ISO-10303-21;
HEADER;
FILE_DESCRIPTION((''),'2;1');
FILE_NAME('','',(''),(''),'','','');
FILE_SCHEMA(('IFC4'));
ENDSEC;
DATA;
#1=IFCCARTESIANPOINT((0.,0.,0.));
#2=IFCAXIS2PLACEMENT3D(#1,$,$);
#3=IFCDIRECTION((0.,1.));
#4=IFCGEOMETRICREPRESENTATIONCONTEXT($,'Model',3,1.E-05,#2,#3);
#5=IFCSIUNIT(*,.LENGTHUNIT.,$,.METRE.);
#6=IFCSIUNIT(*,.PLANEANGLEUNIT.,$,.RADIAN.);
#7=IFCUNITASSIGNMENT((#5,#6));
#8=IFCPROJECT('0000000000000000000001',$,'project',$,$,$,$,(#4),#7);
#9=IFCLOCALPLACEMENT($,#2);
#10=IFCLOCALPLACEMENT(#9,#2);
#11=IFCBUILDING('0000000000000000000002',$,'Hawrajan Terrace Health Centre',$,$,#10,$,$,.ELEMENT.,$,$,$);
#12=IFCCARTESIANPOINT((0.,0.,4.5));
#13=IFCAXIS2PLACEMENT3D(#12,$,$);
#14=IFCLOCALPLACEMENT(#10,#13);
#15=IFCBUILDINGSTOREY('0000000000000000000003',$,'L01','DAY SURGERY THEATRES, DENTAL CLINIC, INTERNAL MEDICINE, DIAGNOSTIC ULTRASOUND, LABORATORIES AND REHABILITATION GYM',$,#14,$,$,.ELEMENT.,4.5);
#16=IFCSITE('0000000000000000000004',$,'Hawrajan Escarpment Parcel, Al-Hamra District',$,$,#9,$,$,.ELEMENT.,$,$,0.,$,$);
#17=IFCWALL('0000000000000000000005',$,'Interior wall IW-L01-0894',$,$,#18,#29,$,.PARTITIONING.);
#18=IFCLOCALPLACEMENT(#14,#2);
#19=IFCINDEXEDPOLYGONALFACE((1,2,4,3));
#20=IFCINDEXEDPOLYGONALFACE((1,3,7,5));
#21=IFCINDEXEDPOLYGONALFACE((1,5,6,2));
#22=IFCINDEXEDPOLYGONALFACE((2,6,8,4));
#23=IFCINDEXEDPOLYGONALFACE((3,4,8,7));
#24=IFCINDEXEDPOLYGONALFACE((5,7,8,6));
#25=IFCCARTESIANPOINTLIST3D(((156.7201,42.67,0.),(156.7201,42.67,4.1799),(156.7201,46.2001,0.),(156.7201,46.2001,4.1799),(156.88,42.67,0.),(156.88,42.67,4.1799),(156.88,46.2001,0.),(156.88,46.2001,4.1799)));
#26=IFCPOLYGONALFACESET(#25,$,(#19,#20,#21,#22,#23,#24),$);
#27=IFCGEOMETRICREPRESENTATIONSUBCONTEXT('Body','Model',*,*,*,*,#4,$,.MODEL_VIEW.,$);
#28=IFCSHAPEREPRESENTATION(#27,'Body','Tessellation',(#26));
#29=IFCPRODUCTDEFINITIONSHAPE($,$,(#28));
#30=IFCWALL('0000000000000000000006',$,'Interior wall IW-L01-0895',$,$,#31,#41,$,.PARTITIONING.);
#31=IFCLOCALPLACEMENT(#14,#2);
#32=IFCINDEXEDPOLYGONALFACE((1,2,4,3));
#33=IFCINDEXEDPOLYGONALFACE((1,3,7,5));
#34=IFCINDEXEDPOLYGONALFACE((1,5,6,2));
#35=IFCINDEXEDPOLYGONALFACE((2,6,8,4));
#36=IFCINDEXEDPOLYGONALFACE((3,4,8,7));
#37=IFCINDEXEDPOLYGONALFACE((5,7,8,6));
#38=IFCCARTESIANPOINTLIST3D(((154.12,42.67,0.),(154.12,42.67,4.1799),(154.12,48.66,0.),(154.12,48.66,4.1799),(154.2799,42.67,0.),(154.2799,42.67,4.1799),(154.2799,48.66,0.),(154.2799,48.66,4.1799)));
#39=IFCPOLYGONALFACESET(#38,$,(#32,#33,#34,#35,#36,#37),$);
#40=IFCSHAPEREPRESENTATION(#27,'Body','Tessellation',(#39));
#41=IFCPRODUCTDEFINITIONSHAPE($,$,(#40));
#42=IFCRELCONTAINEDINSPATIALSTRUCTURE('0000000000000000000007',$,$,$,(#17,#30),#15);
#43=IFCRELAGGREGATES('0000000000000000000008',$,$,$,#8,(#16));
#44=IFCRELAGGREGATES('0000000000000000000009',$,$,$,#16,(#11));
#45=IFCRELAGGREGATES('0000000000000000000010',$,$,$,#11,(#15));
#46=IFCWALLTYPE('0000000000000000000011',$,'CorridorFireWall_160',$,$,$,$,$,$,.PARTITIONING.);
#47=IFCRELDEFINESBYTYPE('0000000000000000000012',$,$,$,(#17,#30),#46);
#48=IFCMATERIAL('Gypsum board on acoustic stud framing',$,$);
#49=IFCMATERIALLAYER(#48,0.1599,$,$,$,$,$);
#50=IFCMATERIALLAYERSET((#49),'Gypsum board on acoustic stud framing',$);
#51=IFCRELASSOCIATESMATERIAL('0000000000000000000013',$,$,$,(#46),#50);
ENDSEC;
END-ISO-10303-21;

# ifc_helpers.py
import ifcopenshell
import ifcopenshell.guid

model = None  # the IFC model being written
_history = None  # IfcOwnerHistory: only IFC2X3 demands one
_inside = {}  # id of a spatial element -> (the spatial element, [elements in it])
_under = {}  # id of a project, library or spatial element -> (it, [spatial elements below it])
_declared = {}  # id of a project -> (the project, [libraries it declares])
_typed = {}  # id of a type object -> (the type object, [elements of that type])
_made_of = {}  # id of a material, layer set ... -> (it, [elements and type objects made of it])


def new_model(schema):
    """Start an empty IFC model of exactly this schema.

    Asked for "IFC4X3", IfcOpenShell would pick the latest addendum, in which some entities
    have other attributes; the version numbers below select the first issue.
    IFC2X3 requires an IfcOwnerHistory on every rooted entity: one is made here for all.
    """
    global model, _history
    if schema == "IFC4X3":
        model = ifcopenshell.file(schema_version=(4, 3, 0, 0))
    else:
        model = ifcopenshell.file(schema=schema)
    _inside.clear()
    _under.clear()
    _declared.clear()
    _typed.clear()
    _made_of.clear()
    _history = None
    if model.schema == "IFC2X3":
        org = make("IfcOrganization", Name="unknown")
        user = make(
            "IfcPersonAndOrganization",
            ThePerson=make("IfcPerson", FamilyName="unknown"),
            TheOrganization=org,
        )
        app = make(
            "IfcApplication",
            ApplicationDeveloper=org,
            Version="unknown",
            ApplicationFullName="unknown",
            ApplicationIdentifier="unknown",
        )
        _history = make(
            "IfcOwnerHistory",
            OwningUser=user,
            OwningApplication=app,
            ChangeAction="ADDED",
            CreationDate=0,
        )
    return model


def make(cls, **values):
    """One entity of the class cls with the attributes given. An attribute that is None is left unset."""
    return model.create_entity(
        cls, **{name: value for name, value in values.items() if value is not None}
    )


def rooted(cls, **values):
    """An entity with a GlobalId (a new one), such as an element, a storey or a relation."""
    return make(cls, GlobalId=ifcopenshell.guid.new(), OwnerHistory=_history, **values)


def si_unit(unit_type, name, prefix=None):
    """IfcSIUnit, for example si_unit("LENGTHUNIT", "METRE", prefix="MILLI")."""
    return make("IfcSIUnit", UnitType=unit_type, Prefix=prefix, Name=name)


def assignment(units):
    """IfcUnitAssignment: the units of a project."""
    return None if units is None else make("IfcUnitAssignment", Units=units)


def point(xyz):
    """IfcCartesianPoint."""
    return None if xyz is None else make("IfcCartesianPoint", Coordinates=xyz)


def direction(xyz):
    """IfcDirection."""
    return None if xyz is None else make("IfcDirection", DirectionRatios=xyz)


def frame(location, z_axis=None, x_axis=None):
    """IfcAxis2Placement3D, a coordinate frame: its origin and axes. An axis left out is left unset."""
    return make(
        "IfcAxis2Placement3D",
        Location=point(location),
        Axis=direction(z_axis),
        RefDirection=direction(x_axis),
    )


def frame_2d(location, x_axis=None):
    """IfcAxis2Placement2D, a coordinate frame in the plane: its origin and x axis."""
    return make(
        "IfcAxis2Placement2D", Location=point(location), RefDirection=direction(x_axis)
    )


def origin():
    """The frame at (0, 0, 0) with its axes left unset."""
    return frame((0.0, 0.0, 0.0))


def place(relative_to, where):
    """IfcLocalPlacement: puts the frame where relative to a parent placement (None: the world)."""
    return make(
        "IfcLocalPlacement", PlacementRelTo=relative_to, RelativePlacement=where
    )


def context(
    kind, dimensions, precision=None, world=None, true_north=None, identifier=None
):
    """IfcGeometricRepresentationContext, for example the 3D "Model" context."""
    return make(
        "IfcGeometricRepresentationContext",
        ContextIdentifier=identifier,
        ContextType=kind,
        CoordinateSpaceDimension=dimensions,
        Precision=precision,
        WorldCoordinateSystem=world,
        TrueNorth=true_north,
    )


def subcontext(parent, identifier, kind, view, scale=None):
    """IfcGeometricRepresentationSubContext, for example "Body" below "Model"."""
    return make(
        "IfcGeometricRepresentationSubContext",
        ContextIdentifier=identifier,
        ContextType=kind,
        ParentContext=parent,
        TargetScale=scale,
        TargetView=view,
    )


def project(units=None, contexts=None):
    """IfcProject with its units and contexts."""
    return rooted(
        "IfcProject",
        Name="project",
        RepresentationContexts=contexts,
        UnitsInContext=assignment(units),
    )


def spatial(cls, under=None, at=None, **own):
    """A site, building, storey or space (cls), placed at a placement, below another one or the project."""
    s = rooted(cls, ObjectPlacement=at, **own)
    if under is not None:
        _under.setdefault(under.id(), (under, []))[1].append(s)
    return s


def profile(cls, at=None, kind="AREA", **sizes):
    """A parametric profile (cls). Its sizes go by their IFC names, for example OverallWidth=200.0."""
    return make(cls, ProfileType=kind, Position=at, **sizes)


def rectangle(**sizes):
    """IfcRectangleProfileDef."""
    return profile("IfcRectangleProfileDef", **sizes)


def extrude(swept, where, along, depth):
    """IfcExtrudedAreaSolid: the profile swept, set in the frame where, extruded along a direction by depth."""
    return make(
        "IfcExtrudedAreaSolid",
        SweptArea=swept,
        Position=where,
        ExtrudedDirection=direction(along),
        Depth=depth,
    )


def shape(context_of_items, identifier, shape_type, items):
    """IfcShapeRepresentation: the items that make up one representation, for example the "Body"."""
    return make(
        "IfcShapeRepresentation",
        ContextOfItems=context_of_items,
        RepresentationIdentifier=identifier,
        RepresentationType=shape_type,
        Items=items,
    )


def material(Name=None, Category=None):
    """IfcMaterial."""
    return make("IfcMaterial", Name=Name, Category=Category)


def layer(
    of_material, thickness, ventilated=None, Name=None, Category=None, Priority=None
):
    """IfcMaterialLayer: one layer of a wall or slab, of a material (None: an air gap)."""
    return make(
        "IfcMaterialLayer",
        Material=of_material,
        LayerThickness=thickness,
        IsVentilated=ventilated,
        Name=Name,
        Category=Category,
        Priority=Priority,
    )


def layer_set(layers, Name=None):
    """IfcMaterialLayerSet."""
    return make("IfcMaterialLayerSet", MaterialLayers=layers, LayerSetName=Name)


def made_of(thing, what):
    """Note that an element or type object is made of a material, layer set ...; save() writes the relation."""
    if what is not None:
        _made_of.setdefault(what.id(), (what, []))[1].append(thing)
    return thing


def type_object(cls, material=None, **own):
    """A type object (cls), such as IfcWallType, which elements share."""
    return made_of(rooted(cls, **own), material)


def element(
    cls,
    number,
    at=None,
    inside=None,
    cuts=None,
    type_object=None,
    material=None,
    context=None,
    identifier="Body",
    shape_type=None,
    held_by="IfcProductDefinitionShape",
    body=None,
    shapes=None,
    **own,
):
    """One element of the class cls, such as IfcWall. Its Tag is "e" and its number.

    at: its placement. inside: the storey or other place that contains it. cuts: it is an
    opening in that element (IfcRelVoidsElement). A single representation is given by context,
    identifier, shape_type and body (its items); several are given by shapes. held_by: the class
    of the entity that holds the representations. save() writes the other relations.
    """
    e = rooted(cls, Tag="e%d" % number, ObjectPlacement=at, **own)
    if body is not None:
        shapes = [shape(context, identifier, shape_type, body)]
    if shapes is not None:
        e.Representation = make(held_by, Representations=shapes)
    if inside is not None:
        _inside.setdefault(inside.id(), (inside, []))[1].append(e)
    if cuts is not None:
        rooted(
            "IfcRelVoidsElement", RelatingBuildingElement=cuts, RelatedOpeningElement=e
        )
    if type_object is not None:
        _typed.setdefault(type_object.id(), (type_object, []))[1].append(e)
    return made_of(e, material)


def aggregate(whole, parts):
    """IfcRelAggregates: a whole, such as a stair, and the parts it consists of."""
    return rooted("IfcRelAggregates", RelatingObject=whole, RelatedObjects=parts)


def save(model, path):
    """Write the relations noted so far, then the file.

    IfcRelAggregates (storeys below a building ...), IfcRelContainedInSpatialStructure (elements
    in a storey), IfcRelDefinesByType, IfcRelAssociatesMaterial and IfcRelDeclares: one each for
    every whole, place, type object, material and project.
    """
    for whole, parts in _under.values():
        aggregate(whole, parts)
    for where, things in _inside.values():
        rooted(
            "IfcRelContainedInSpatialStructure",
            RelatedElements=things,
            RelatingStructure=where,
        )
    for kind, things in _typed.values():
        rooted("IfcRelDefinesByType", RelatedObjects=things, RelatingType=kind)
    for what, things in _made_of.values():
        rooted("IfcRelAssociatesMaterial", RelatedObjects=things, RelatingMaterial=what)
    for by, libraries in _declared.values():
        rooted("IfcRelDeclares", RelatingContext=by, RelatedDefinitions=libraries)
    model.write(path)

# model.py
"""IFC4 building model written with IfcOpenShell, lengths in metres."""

from ifc_helpers import new_model, si_unit, direction, frame, frame_2d, origin, place, context, subcontext, project, spatial, rectangle, extrude, material, layer, layer_set, type_object, element, save


model = new_model("IFC4")

# Units and contexts
model_context = context("Model", 3, precision=1e-05, world=origin(), true_north=direction((0.0, 1.0)))
body_context = subcontext(model_context, "Body", "Model", "MODEL_VIEW")
ifc_project = project(units=[si_unit("LENGTHUNIT", "METRE"), si_unit("PLANEANGLEUNIT", "RADIAN")], contexts=[model_context])

# Site, building, storey
site_placement = place(None, origin())
site = spatial("IfcSite", under=ifc_project, at=site_placement, Name="Hawrajan Escarpment Parcel, Al-Hamra District", CompositionType="ELEMENT", RefElevation=0.0)
building_placement = place(site_placement, origin())
building = spatial("IfcBuilding", under=site, at=building_placement, Name="Hawrajan Terrace Health Centre", CompositionType="ELEMENT")
storey_placement = place(building_placement, frame((0.0, 0.0, 4.5)))
storey = spatial("IfcBuildingStorey", under=building, at=storey_placement, Name="L01", Description="DAY SURGERY THEATRES, DENTAL CLINIC, INTERNAL MEDICINE, DIAGNOSTIC ULTRASOUND, LABORATORIES AND REHABILITATION GYM", CompositionType="ELEMENT", Elevation=4.5)

# Shared definitions
ifc_material_1 = material(Name="Gypsum board on acoustic stud framing")

# Walls
ifc_layer_1 = layer(ifc_material_1, 0.1599)
ifc_layer_set_1 = layer_set([ifc_layer_1], Name="Gypsum board on acoustic stud framing")
wall_type_1 = type_object("IfcWallType", Name="CorridorFireWall_160", PredefinedType="PARTITIONING", material=ifc_layer_set_1)
wall_1_placement = place(storey_placement, frame((156.8, 42.6699, 0.0), z_axis=(0.0, 0.0, 1.0), x_axis=(0.0, 1.0, 0.0)))
element("IfcWall", 1, at=wall_1_placement, inside=storey, type_object=wall_type_1, Name="Interior wall IW-L01-0894", PredefinedType="PARTITIONING", context=body_context, shape_type="SweptSolid", body=[
    extrude(rectangle(XDim=3.53, YDim=0.1599, at=frame_2d((1.7651, 0.0))), origin(), (0.0, 0.0, 1.0), 4.1799),
])
wall_2_placement = place(storey_placement, frame((154.2, 42.6699, 0.0), z_axis=(0.0, 0.0, 1.0), x_axis=(0.0, 1.0, 0.0)))
element("IfcWall", 2, at=wall_2_placement, inside=storey, type_object=wall_type_1, Name="Interior wall IW-L01-0895", PredefinedType="PARTITIONING", context=body_context, shape_type="SweptSolid", body=[
    extrude(rectangle(XDim=5.99, YDim=0.1599, at=frame_2d((2.9951, 0.0))), origin(), (0.0, 0.0, 1.0), 4.1799),
])

save(model, "model.ifc")
